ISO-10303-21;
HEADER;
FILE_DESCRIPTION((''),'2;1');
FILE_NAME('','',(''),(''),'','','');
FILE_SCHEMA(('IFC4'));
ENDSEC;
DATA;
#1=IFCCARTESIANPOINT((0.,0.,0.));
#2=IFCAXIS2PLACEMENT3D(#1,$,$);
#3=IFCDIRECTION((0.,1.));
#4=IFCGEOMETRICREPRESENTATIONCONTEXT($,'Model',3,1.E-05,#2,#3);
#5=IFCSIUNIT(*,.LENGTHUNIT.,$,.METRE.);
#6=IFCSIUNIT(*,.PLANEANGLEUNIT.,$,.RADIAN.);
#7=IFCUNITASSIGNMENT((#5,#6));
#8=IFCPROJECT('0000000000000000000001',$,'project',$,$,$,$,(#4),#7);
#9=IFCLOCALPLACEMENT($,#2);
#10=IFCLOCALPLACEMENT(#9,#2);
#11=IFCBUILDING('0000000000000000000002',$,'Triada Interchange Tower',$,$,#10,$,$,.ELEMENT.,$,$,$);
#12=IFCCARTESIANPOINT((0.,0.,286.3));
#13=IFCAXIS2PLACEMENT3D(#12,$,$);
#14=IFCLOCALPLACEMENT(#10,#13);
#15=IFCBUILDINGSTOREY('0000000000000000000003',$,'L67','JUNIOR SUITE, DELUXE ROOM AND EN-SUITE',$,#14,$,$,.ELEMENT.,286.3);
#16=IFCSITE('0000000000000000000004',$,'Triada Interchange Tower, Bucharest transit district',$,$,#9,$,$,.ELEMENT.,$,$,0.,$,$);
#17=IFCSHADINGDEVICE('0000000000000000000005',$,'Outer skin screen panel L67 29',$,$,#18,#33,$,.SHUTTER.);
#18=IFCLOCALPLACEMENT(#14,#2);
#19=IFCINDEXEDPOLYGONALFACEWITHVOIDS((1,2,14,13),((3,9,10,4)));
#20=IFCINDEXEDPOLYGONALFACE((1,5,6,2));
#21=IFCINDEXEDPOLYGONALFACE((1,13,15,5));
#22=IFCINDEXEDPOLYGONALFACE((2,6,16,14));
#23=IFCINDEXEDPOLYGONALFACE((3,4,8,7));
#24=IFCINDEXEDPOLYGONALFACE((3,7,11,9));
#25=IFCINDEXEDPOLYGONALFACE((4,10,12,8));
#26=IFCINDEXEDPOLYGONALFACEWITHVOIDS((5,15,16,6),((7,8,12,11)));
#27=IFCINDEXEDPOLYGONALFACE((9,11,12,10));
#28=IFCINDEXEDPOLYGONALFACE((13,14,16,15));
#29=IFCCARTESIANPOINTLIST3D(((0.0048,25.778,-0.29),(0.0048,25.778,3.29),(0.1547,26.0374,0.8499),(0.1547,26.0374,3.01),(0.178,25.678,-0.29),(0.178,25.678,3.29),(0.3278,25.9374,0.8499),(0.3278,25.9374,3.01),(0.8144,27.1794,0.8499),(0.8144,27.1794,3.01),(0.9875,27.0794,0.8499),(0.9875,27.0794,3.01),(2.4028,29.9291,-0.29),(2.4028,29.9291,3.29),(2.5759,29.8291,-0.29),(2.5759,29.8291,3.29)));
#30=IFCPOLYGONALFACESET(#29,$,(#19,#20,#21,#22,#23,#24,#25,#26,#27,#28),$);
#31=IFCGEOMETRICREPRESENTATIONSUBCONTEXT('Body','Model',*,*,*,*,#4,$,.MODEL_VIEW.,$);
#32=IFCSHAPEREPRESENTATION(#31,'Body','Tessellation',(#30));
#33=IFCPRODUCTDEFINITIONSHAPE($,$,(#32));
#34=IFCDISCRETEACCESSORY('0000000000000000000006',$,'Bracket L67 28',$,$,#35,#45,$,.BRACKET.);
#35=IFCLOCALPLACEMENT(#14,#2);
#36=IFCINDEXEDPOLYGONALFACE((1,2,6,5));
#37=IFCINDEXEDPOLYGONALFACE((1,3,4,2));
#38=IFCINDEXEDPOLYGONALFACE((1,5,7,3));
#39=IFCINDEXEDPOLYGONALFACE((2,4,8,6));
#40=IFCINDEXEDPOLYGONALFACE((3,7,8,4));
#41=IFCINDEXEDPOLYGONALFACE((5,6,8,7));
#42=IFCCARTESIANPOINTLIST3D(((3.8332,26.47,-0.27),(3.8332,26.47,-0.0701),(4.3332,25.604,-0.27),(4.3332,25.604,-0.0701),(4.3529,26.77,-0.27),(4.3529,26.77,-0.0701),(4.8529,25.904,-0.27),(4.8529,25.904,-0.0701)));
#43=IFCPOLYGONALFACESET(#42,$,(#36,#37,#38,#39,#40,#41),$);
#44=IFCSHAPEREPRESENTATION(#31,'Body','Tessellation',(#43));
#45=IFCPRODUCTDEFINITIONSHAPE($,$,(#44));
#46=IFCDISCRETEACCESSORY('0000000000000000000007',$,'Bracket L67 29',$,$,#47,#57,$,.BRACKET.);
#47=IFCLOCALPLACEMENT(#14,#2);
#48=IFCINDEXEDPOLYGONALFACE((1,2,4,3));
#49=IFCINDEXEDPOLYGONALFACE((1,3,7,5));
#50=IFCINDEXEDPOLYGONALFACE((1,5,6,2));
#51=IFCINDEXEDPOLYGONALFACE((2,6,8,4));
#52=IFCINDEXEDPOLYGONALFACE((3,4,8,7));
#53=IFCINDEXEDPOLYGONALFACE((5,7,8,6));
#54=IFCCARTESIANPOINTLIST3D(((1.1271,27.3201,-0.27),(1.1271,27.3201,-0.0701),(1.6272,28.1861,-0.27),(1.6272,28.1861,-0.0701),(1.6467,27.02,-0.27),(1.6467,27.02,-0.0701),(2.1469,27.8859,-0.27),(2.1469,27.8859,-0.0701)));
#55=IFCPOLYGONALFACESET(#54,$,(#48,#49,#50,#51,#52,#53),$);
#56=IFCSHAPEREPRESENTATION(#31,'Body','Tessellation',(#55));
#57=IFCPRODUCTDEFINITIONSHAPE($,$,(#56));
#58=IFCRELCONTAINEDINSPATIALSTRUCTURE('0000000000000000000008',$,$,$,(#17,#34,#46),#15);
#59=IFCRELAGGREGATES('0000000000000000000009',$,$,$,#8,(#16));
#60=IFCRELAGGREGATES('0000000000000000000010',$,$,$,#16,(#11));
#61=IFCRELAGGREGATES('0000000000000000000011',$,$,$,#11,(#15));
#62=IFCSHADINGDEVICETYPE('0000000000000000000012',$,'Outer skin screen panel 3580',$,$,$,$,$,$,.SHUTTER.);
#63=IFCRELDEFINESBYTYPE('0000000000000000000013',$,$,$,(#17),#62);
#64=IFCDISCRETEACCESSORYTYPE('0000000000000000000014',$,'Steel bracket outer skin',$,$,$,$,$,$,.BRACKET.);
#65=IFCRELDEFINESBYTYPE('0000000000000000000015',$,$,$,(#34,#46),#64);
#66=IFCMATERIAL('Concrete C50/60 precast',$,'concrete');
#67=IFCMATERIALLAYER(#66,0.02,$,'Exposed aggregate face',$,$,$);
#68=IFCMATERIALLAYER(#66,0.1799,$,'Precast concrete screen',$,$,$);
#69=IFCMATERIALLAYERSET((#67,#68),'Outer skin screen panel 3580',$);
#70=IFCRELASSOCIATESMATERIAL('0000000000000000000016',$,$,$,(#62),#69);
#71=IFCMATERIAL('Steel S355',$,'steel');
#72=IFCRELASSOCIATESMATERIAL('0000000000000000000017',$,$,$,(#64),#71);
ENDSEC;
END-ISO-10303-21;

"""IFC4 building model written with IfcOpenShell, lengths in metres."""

from ifc_helpers import new_model, si_unit, direction, frame, origin, origin_2d, place, context, subcontext, project, spatial, polyline, rectangle, outline, extrude, material, layer, layer_set, type_object, element, save


model = new_model("IFC4")

# Units and contexts
model_context = context("Model", 3, precision=1e-05, world=origin(), true_north=direction((0.0, 1.0)))
body_context = subcontext(model_context, "Body", "Model", "MODEL_VIEW")
ifc_project = project(units=[si_unit("LENGTHUNIT", "METRE"), si_unit("PLANEANGLEUNIT", "RADIAN")], contexts=[model_context])

# Site, building, storey
site_placement = place(None, origin())
site = spatial("IfcSite", under=ifc_project, at=site_placement, Name="Triada Interchange Tower, Bucharest transit district", CompositionType="ELEMENT", RefElevation=0.0)
building_placement = place(site_placement, origin())
building = spatial("IfcBuilding", under=site, at=building_placement, Name="Triada Interchange Tower", CompositionType="ELEMENT")
storey_placement = place(building_placement, frame((0.0, 0.0, 286.3)))
storey = spatial("IfcBuildingStorey", under=building, at=storey_placement, Name="L67", Description="JUNIOR SUITE, DELUXE ROOM AND EN-SUITE", CompositionType="ELEMENT", Elevation=286.3)

# Shading device
ifc_material_1 = material(Name="Concrete C50/60 precast", Category="concrete")
ifc_layer_1 = layer(ifc_material_1, 0.02, Name="Exposed aggregate face")
ifc_layer_2 = layer(ifc_material_1, 0.1799, Name="Precast concrete screen")
ifc_layer_set_1 = layer_set([ifc_layer_1, ifc_layer_2], Name="Outer skin screen panel 3580")
shading_device_type = type_object("IfcShadingDeviceType", Name="Outer skin screen panel 3580", PredefinedType="SHUTTER", material=ifc_layer_set_1)
shading_device_1_placement = place(storey_placement, frame((2.5759, 29.8291, -0.29), z_axis=(0.0, 0.0, 1.0), x_axis=(-0.500203, -0.865908, 0.0)))
element("IfcShadingDevice", 1, at=shading_device_1_placement, inside=storey, type_object=shading_device_type, Name="Outer skin screen panel L67 29", PredefinedType="SHUTTER", context=body_context, shape_type="SweptSolid", body=[
    extrude(outline(polyline([(0.0, 0.0), (4.7939, 0.0), (4.7939, 3.5801), (0.0, 3.5801), (0.0, 0.0)]), holes=[polyline([(3.1755, 1.1399), (3.1755, 3.3), (4.4944, 3.3), (4.4944, 1.1399), (3.1755, 1.1399)])]), frame((0.0, 0.0, 0.0), z_axis=(0.0, -1.0, 0.0), x_axis=(1.0, 0.0, 0.0)), (0.0, 0.0, 1.0), 0.2),
])

# Discrete accessories
ifc_material_2 = material(Name="Steel S355", Category="steel")
discrete_accessory_type = type_object("IfcDiscreteAccessoryType", Name="Steel bracket outer skin", PredefinedType="BRACKET", material=ifc_material_2)
for number, where, z_axis, x_axis, name in (
    (2, (4.343, 26.187, -0.27), (0.0, 0.0, 1.0), (0.866024, 0.500002, 0.0), "Bracket L67 28"),
    (3, (1.637, 27.603, -0.27), (0.0, 0.0, 1.0), (-0.865956, 0.500119, 0.0), "Bracket L67 29"),
):
    element("IfcDiscreteAccessory", number, at=place(storey_placement, frame(where, z_axis=z_axis, x_axis=x_axis)), inside=storey, type_object=discrete_accessory_type, Name=name, PredefinedType="BRACKET", context=body_context, shape_type="SweptSolid", body=[
        extrude(rectangle(XDim=0.6001, YDim=1.0, at=origin_2d()), origin(), (0.0, 0.0, 1.0), 0.2),
    ])

save(model, "model.ifc")
